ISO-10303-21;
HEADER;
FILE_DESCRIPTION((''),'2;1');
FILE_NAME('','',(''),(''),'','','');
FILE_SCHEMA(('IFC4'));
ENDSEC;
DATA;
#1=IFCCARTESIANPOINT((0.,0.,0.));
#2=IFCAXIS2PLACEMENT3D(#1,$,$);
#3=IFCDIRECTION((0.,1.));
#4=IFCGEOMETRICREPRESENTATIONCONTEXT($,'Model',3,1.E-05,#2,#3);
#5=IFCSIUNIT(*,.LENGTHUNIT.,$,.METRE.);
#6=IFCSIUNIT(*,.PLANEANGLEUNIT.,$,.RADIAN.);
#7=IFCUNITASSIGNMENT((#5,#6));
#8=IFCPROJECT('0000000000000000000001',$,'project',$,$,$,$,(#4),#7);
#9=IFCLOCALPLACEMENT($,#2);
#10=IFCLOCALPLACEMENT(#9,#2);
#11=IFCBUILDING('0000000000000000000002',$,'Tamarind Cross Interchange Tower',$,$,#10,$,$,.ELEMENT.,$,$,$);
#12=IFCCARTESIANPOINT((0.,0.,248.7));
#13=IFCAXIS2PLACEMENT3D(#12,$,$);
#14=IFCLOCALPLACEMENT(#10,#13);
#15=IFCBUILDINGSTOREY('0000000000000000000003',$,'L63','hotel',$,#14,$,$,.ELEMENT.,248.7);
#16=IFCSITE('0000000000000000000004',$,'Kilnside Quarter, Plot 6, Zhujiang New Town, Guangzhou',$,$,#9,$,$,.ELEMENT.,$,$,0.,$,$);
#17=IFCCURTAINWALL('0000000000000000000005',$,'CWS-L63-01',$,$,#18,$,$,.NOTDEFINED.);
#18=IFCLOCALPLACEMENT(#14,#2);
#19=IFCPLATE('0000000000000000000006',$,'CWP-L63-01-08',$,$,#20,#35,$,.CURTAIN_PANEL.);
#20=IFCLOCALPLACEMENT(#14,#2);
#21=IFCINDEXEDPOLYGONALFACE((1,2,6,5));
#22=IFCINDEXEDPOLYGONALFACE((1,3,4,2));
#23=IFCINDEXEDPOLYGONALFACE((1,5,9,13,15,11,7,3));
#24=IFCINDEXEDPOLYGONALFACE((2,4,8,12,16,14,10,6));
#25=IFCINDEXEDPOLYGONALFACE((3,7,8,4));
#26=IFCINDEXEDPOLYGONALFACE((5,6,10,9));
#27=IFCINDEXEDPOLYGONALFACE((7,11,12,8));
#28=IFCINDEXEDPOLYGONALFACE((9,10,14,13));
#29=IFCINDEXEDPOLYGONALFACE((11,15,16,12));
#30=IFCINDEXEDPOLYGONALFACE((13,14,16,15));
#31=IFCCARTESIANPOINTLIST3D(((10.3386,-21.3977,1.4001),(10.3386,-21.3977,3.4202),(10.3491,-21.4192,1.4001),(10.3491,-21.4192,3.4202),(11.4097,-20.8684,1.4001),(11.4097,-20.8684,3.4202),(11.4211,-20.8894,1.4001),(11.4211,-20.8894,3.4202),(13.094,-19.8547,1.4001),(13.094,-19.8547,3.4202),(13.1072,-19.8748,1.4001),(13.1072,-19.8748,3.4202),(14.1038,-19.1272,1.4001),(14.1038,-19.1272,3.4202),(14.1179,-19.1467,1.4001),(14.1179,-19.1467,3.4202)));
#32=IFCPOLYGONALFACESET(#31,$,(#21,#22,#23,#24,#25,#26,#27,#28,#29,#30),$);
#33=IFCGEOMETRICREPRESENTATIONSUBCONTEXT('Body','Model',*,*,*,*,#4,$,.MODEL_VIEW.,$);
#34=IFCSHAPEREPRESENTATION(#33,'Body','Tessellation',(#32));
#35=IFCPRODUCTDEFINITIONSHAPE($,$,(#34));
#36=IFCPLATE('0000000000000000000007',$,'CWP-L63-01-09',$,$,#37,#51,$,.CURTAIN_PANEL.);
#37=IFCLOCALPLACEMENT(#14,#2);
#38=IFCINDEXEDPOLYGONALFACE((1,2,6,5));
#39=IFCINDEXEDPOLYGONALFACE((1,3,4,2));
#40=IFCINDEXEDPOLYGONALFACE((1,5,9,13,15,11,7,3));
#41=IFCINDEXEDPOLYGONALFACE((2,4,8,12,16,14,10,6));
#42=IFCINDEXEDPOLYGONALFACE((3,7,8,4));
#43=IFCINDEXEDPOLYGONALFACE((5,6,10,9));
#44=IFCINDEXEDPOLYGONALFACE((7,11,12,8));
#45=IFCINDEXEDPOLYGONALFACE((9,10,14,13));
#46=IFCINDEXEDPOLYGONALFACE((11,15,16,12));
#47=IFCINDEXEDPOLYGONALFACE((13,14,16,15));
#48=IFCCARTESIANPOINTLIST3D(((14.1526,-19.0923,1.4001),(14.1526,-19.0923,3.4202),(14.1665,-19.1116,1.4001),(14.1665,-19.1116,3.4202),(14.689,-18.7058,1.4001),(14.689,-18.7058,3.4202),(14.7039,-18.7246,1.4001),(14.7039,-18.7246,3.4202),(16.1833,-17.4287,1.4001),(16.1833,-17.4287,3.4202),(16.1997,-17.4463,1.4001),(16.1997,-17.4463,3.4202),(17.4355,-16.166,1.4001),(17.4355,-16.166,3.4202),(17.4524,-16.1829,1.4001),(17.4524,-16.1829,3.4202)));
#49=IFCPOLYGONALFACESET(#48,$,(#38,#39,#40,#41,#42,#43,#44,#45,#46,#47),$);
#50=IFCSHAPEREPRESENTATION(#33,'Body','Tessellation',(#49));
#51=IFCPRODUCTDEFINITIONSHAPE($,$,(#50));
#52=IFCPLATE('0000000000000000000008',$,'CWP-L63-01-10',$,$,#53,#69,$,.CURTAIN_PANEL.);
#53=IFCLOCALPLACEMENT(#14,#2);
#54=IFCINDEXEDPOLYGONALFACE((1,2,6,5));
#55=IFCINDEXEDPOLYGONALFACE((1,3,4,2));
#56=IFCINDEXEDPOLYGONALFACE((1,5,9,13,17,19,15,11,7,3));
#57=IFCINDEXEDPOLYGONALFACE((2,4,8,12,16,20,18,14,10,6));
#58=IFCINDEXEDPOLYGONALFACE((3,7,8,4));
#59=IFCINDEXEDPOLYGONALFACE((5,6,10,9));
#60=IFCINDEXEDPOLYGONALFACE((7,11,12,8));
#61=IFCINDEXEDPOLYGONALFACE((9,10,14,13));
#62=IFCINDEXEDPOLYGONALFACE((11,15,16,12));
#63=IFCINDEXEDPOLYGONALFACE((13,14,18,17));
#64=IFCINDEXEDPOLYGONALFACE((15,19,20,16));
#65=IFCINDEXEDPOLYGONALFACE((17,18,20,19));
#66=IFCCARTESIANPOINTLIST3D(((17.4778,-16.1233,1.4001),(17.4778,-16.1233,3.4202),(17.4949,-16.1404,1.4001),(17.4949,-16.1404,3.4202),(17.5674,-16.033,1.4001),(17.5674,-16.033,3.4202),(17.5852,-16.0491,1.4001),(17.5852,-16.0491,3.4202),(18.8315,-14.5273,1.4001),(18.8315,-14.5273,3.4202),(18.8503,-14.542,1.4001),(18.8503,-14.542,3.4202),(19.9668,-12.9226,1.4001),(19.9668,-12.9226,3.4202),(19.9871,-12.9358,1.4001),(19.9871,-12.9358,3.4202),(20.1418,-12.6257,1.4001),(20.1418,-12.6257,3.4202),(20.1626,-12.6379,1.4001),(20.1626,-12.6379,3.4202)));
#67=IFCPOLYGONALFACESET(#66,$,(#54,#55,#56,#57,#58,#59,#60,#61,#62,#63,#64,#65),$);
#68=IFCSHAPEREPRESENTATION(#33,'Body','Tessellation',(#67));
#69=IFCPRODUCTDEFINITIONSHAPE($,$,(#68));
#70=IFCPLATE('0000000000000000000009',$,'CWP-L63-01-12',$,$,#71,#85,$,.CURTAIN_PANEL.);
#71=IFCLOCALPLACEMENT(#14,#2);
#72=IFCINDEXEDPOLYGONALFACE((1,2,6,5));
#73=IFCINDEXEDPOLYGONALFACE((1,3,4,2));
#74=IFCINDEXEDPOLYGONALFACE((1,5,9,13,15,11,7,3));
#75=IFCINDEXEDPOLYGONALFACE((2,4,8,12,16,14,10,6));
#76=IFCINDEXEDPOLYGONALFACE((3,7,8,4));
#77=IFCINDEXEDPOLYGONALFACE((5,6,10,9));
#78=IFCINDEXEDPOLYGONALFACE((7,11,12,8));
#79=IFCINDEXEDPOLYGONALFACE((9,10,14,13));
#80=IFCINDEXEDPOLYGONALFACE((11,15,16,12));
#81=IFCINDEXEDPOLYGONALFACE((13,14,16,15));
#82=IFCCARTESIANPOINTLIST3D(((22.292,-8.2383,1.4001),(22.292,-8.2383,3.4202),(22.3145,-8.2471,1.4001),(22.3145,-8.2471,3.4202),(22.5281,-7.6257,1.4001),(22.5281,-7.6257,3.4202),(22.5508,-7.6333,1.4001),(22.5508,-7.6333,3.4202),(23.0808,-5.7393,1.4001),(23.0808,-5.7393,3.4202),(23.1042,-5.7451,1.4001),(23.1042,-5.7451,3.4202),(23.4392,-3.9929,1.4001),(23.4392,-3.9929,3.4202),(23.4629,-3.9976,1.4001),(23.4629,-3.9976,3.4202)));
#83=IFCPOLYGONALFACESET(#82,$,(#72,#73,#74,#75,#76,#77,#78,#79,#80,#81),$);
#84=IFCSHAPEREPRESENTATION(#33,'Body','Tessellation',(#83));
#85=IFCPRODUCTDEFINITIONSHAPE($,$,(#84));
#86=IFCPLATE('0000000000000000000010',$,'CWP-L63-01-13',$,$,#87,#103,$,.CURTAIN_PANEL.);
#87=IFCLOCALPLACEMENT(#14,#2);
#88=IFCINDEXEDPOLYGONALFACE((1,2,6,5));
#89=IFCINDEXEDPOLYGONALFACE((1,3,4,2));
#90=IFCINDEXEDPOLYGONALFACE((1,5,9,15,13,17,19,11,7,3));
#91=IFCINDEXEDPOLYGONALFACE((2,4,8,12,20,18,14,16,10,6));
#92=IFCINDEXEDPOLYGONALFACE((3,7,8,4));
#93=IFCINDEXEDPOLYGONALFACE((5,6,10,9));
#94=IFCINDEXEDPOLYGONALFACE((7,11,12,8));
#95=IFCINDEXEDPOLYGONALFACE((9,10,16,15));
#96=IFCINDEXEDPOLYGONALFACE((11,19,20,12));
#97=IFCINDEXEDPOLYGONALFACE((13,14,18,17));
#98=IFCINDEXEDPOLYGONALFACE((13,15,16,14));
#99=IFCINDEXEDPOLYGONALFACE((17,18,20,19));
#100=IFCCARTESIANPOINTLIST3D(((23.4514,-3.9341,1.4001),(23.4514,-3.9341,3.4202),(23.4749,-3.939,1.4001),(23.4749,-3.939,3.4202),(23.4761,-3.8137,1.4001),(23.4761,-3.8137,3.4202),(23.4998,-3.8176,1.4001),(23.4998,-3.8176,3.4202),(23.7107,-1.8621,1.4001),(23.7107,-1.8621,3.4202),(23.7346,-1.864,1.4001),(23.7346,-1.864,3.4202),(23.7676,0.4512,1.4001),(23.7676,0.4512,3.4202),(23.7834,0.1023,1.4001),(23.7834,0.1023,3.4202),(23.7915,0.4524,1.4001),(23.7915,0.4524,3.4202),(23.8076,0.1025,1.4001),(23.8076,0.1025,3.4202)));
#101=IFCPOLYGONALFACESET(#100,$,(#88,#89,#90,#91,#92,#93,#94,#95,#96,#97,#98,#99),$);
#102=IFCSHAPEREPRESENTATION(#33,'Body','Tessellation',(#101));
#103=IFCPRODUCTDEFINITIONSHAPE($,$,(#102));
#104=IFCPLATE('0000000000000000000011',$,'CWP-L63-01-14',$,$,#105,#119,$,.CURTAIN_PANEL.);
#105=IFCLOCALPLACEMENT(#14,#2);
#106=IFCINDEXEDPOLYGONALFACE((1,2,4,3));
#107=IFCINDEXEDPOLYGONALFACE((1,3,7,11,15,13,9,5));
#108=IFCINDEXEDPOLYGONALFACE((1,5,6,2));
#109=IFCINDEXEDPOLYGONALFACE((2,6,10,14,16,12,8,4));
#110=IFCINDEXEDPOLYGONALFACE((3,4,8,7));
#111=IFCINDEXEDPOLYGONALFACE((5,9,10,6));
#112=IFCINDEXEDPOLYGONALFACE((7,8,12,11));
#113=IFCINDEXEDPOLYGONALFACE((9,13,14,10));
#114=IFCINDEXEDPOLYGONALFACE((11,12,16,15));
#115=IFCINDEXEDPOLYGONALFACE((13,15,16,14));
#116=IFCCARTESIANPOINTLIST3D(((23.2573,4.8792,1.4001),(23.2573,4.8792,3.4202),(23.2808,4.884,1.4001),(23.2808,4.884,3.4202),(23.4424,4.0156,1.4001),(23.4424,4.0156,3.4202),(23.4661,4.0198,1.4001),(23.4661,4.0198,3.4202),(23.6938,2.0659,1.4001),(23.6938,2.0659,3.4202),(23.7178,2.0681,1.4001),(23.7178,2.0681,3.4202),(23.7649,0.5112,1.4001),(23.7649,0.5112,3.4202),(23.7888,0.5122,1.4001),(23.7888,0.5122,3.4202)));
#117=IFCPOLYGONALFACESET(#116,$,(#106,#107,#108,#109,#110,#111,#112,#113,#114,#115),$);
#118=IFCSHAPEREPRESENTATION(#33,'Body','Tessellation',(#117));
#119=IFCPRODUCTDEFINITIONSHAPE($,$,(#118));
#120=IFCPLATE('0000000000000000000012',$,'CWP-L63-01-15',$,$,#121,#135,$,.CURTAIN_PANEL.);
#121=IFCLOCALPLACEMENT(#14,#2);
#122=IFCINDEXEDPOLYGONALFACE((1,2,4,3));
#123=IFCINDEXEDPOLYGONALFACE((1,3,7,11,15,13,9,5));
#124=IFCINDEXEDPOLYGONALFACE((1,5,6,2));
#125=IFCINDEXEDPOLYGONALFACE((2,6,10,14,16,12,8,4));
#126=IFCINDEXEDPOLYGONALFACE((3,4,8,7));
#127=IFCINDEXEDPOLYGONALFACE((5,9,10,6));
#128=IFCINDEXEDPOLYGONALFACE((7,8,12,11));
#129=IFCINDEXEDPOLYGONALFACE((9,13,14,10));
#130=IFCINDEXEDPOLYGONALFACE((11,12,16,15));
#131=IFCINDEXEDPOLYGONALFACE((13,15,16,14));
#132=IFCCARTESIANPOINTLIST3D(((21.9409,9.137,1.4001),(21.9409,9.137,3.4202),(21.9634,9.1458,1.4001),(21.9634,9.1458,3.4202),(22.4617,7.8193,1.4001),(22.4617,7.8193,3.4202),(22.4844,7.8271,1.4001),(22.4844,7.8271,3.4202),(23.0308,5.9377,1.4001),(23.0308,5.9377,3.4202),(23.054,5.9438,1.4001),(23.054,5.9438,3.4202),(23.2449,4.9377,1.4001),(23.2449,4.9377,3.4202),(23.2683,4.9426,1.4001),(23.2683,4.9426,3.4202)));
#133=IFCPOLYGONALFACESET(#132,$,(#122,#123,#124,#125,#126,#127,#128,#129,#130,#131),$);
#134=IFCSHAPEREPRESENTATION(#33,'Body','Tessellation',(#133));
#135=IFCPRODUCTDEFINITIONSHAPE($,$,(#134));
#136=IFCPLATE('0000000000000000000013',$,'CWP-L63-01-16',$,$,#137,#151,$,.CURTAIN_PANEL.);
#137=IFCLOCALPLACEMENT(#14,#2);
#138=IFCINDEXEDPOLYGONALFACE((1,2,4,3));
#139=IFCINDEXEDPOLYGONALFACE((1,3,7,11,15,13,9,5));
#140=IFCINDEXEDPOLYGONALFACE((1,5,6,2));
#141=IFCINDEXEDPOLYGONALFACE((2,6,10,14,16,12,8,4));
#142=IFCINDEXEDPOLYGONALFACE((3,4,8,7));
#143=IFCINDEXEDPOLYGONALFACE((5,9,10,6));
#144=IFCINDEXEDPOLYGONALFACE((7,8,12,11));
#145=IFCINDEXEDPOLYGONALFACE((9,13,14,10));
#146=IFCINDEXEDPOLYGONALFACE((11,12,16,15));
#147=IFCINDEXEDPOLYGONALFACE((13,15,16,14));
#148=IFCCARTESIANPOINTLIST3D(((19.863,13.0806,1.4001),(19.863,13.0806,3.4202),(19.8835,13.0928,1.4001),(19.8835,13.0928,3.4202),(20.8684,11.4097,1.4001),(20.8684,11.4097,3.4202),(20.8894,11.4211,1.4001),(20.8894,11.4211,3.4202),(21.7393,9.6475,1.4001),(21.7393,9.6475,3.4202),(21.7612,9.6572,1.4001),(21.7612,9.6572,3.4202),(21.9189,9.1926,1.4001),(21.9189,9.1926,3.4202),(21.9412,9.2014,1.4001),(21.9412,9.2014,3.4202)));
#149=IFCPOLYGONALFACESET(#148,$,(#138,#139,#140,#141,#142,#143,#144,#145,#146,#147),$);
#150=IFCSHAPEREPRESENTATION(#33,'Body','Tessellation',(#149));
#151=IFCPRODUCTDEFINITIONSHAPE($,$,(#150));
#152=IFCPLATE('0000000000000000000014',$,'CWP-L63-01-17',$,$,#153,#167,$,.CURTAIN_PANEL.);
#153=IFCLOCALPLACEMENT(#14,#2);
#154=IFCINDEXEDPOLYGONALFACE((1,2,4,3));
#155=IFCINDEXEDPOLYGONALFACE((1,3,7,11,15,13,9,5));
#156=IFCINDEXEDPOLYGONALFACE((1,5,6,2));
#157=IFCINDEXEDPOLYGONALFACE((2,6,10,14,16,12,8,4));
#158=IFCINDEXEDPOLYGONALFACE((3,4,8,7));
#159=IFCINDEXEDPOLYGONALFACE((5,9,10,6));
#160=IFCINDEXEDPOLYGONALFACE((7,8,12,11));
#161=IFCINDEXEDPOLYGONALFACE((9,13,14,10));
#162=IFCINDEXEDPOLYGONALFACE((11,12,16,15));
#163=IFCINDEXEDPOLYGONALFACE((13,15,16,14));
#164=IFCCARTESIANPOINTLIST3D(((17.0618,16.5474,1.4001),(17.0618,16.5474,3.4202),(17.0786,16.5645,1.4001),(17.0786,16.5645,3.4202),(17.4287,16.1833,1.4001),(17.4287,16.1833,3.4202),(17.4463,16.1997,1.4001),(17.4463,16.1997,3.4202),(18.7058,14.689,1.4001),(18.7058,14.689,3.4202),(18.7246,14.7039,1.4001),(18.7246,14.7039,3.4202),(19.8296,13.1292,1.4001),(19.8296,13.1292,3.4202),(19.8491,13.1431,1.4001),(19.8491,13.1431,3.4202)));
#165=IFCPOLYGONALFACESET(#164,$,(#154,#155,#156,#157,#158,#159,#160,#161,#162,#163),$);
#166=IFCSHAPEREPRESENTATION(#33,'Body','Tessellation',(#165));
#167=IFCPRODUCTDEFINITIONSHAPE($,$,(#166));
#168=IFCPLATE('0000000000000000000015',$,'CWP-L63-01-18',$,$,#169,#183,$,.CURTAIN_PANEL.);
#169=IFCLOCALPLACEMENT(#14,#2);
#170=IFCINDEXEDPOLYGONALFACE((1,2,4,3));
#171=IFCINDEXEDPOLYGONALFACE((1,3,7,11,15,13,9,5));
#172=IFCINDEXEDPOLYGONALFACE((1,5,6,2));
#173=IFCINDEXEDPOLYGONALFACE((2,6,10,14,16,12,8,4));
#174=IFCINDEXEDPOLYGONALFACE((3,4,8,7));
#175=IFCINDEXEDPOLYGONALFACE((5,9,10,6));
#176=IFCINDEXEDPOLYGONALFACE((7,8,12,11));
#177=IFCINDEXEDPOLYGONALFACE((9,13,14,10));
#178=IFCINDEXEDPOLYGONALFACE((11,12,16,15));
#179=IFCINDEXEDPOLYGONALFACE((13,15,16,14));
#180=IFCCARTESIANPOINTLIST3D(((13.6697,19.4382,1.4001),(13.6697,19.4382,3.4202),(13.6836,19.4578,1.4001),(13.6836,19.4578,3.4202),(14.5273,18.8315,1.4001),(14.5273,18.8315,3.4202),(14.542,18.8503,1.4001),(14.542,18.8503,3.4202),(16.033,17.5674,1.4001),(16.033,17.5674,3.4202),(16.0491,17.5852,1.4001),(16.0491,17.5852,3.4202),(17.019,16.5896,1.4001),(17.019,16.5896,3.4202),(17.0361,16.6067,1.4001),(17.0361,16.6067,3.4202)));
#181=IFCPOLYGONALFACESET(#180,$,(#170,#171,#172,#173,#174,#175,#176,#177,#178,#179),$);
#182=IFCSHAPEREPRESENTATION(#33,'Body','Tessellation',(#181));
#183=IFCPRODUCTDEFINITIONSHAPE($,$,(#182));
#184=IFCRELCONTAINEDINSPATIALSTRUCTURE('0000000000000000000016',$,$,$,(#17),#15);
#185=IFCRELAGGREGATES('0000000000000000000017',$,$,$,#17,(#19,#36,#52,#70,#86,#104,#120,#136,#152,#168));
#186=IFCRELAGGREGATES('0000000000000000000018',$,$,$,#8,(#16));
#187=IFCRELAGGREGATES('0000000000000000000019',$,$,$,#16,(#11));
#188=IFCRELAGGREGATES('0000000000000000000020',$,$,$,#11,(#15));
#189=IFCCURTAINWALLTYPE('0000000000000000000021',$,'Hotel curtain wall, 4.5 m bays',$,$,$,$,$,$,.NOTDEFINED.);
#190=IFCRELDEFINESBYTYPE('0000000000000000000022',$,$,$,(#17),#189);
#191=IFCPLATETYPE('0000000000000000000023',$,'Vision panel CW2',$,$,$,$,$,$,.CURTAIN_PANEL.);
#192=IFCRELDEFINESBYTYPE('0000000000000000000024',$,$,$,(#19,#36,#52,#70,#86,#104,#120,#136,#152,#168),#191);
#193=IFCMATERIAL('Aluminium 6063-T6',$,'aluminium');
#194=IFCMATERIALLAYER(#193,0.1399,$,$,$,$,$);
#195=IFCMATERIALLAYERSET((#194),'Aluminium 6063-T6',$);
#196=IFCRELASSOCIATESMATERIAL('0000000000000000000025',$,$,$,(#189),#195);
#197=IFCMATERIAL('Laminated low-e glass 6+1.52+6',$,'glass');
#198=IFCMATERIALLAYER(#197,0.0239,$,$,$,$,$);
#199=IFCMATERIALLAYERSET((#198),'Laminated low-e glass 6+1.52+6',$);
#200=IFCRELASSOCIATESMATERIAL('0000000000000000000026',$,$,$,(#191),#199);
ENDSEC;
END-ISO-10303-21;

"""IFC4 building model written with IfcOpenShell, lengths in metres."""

from ifc_helpers import new_model, si_unit, direction, frame, origin, place, context, subcontext, project, spatial, polyline, outline, extrude, material, layer, layer_set, type_object, element, aggregate, save


model = new_model("IFC4")

# Units and contexts
model_context = context("Model", 3, precision=1e-05, world=origin(), true_north=direction((0.0, 1.0)))
body_context = subcontext(model_context, "Body", "Model", "MODEL_VIEW")
ifc_project = project(units=[si_unit("LENGTHUNIT", "METRE"), si_unit("PLANEANGLEUNIT", "RADIAN")], contexts=[model_context])

# Site, building, storey
site_placement = place(None, origin())
site = spatial("IfcSite", under=ifc_project, at=site_placement, Name="Kilnside Quarter, Plot 6, Zhujiang New Town, Guangzhou", CompositionType="ELEMENT", RefElevation=0.0)
building_placement = place(site_placement, origin())
building = spatial("IfcBuilding", under=site, at=building_placement, Name="Tamarind Cross Interchange Tower", CompositionType="ELEMENT")
storey_placement = place(building_placement, frame((0.0, 0.0, 248.7)))
storey = spatial("IfcBuildingStorey", under=building, at=storey_placement, Name="L63", Description="hotel", CompositionType="ELEMENT", Elevation=248.7)

# Curtain wall, plates
ifc_material_1 = material(Name="Aluminium 6063-T6", Category="aluminium")
ifc_layer_1 = layer(ifc_material_1, 0.1399)
ifc_layer_set_1 = layer_set([ifc_layer_1], Name="Aluminium 6063-T6")
curtain_wall_type = type_object("IfcCurtainWallType", Name="Hotel curtain wall, 4.5 m bays", PredefinedType="NOTDEFINED", material=ifc_layer_set_1)
curtain_wall_placement = place(storey_placement, origin())
curtain_wall = element("IfcCurtainWall", 1, at=curtain_wall_placement, inside=storey, type_object=curtain_wall_type, Name="CWS-L63-01", PredefinedType="NOTDEFINED")
ifc_material_2 = material(Name="Laminated low-e glass 6+1.52+6", Category="glass")
ifc_layer_2 = layer(ifc_material_2, 0.0239)
ifc_layer_set_2 = layer_set([ifc_layer_2], Name="Laminated low-e glass 6+1.52+6")
plate_type = type_object("IfcPlateType", Name="Vision panel CW2", PredefinedType="CURTAIN_PANEL", material=ifc_layer_set_2)
plate_1_placement = place(storey_placement, frame((0.0, 0.0, 1.4001)))
plate_1 = element("IfcPlate", 2, at=plate_1_placement, type_object=plate_type, Name="CWP-L63-01-08", PredefinedType="CURTAIN_PANEL", context=body_context, shape_type="SweptSolid", body=[
    extrude(outline(polyline([(10.3386, -21.3977), (11.4097, -20.8684), (13.094, -19.8547), (14.1038, -19.1272), (14.1179, -19.1467), (13.1072, -19.8748), (11.4211, -20.8894), (10.3491, -21.4192), (10.3386, -21.3977)])), origin(), (0.0, 0.0, 1.0), 2.02),
])
plate_2_placement = place(storey_placement, frame((0.0, 0.0, 1.4001)))
plate_2 = element("IfcPlate", 3, at=plate_2_placement, type_object=plate_type, Name="CWP-L63-01-09", PredefinedType="CURTAIN_PANEL", context=body_context, shape_type="SweptSolid", body=[
    extrude(outline(polyline([(14.1526, -19.0923), (14.689, -18.7058), (16.1833, -17.4287), (17.4355, -16.166), (17.4524, -16.1829), (16.1997, -17.4463), (14.7039, -18.7246), (14.1665, -19.1116), (14.1526, -19.0923)])), origin(), (0.0, 0.0, 1.0), 2.02),
])
plate_3_placement = place(storey_placement, frame((0.0, 0.0, 1.4001)))
plate_3 = element("IfcPlate", 4, at=plate_3_placement, type_object=plate_type, Name="CWP-L63-01-10", PredefinedType="CURTAIN_PANEL", context=body_context, shape_type="SweptSolid", body=[
    extrude(outline(polyline([(17.4778, -16.1233), (17.5674, -16.033), (18.8315, -14.5273), (19.9668, -12.9226), (20.1418, -12.6257), (20.1626, -12.6379), (19.9871, -12.9358), (18.8503, -14.542), (17.5852, -16.0491), (17.4949, -16.1404), (17.4778, -16.1233)])), origin(), (0.0, 0.0, 1.0), 2.02),
])
plate_4_placement = place(storey_placement, frame((0.0, 0.0, 1.4001)))
plate_4 = element("IfcPlate", 5, at=plate_4_placement, type_object=plate_type, Name="CWP-L63-01-12", PredefinedType="CURTAIN_PANEL", context=body_context, shape_type="SweptSolid", body=[
    extrude(outline(polyline([(22.292, -8.2383), (22.5281, -7.6257), (23.0808, -5.7393), (23.4392, -3.9929), (23.4629, -3.9976), (23.1042, -5.7451), (22.5508, -7.6333), (22.3145, -8.2471), (22.292, -8.2383)])), origin(), (0.0, 0.0, 1.0), 2.02),
])
plate_5_placement = place(storey_placement, frame((0.0, 0.0, 1.4001)))
plate_5 = element("IfcPlate", 6, at=plate_5_placement, type_object=plate_type, Name="CWP-L63-01-13", PredefinedType="CURTAIN_PANEL", context=body_context, shape_type="SweptSolid", body=[
    extrude(outline(polyline([(23.4514, -3.9341), (23.4761, -3.8137), (23.7107, -1.8621), (23.7834, 0.1023), (23.7676, 0.4512), (23.7915, 0.4524), (23.8076, 0.1025), (23.7346, -1.864), (23.4998, -3.8176), (23.4749, -3.939), (23.4514, -3.9341)])), origin(), (0.0, 0.0, 1.0), 2.02),
])
plate_6_placement = place(storey_placement, frame((0.0, 0.0, 1.4001)))
plate_6 = element("IfcPlate", 7, at=plate_6_placement, type_object=plate_type, Name="CWP-L63-01-14", PredefinedType="CURTAIN_PANEL", context=body_context, shape_type="SweptSolid", body=[
    extrude(outline(polyline([(23.7649, 0.5112), (23.6938, 2.0659), (23.4424, 4.0156), (23.2573, 4.8792), (23.2808, 4.884), (23.4661, 4.0198), (23.7178, 2.0681), (23.7888, 0.5122), (23.7649, 0.5112)])), origin(), (0.0, 0.0, 1.0), 2.02),
])
plate_7_placement = place(storey_placement, frame((0.0, 0.0, 1.4001)))
plate_7 = element("IfcPlate", 8, at=plate_7_placement, type_object=plate_type, Name="CWP-L63-01-15", PredefinedType="CURTAIN_PANEL", context=body_context, shape_type="SweptSolid", body=[
    extrude(outline(polyline([(23.2449, 4.9377), (23.0308, 5.9377), (22.4617, 7.8193), (21.9409, 9.137), (21.9634, 9.1458), (22.4844, 7.8271), (23.054, 5.9438), (23.2683, 4.9426), (23.2449, 4.9377)])), origin(), (0.0, 0.0, 1.0), 2.02),
])
plate_8_placement = place(storey_placement, frame((0.0, 0.0, 1.4001)))
plate_8 = element("IfcPlate", 9, at=plate_8_placement, type_object=plate_type, Name="CWP-L63-01-16", PredefinedType="CURTAIN_PANEL", context=body_context, shape_type="SweptSolid", body=[
    extrude(outline(polyline([(21.9189, 9.1926), (21.7393, 9.6475), (20.8684, 11.4097), (19.863, 13.0806), (19.8835, 13.0928), (20.8894, 11.4211), (21.7612, 9.6572), (21.9412, 9.2014), (21.9189, 9.1926)])), origin(), (0.0, 0.0, 1.0), 2.02),
])
plate_9_placement = place(storey_placement, frame((0.0, 0.0, 1.4001)))
plate_9 = element("IfcPlate", 10, at=plate_9_placement, type_object=plate_type, Name="CWP-L63-01-17", PredefinedType="CURTAIN_PANEL", context=body_context, shape_type="SweptSolid", body=[
    extrude(outline(polyline([(19.8296, 13.1292), (18.7058, 14.689), (17.4287, 16.1833), (17.0618, 16.5474), (17.0786, 16.5645), (17.4463, 16.1997), (18.7246, 14.7039), (19.8491, 13.1431), (19.8296, 13.1292)])), origin(), (0.0, 0.0, 1.0), 2.02),
])
plate_10_placement = place(storey_placement, frame((0.0, 0.0, 1.4001)))
plate_10 = element("IfcPlate", 11, at=plate_10_placement, type_object=plate_type, Name="CWP-L63-01-18", PredefinedType="CURTAIN_PANEL", context=body_context, shape_type="SweptSolid", body=[
    extrude(outline(polyline([(17.019, 16.5896), (16.033, 17.5674), (14.5273, 18.8315), (13.6697, 19.4382), (13.6836, 19.4578), (14.542, 18.8503), (16.0491, 17.5852), (17.0361, 16.6067), (17.019, 16.5896)])), origin(), (0.0, 0.0, 1.0), 2.02),
])
aggregate(curtain_wall, [plate_1, plate_2, plate_3, plate_4, plate_5, plate_6, plate_7, plate_8, plate_9, plate_10])

save(model, "model.ifc")
